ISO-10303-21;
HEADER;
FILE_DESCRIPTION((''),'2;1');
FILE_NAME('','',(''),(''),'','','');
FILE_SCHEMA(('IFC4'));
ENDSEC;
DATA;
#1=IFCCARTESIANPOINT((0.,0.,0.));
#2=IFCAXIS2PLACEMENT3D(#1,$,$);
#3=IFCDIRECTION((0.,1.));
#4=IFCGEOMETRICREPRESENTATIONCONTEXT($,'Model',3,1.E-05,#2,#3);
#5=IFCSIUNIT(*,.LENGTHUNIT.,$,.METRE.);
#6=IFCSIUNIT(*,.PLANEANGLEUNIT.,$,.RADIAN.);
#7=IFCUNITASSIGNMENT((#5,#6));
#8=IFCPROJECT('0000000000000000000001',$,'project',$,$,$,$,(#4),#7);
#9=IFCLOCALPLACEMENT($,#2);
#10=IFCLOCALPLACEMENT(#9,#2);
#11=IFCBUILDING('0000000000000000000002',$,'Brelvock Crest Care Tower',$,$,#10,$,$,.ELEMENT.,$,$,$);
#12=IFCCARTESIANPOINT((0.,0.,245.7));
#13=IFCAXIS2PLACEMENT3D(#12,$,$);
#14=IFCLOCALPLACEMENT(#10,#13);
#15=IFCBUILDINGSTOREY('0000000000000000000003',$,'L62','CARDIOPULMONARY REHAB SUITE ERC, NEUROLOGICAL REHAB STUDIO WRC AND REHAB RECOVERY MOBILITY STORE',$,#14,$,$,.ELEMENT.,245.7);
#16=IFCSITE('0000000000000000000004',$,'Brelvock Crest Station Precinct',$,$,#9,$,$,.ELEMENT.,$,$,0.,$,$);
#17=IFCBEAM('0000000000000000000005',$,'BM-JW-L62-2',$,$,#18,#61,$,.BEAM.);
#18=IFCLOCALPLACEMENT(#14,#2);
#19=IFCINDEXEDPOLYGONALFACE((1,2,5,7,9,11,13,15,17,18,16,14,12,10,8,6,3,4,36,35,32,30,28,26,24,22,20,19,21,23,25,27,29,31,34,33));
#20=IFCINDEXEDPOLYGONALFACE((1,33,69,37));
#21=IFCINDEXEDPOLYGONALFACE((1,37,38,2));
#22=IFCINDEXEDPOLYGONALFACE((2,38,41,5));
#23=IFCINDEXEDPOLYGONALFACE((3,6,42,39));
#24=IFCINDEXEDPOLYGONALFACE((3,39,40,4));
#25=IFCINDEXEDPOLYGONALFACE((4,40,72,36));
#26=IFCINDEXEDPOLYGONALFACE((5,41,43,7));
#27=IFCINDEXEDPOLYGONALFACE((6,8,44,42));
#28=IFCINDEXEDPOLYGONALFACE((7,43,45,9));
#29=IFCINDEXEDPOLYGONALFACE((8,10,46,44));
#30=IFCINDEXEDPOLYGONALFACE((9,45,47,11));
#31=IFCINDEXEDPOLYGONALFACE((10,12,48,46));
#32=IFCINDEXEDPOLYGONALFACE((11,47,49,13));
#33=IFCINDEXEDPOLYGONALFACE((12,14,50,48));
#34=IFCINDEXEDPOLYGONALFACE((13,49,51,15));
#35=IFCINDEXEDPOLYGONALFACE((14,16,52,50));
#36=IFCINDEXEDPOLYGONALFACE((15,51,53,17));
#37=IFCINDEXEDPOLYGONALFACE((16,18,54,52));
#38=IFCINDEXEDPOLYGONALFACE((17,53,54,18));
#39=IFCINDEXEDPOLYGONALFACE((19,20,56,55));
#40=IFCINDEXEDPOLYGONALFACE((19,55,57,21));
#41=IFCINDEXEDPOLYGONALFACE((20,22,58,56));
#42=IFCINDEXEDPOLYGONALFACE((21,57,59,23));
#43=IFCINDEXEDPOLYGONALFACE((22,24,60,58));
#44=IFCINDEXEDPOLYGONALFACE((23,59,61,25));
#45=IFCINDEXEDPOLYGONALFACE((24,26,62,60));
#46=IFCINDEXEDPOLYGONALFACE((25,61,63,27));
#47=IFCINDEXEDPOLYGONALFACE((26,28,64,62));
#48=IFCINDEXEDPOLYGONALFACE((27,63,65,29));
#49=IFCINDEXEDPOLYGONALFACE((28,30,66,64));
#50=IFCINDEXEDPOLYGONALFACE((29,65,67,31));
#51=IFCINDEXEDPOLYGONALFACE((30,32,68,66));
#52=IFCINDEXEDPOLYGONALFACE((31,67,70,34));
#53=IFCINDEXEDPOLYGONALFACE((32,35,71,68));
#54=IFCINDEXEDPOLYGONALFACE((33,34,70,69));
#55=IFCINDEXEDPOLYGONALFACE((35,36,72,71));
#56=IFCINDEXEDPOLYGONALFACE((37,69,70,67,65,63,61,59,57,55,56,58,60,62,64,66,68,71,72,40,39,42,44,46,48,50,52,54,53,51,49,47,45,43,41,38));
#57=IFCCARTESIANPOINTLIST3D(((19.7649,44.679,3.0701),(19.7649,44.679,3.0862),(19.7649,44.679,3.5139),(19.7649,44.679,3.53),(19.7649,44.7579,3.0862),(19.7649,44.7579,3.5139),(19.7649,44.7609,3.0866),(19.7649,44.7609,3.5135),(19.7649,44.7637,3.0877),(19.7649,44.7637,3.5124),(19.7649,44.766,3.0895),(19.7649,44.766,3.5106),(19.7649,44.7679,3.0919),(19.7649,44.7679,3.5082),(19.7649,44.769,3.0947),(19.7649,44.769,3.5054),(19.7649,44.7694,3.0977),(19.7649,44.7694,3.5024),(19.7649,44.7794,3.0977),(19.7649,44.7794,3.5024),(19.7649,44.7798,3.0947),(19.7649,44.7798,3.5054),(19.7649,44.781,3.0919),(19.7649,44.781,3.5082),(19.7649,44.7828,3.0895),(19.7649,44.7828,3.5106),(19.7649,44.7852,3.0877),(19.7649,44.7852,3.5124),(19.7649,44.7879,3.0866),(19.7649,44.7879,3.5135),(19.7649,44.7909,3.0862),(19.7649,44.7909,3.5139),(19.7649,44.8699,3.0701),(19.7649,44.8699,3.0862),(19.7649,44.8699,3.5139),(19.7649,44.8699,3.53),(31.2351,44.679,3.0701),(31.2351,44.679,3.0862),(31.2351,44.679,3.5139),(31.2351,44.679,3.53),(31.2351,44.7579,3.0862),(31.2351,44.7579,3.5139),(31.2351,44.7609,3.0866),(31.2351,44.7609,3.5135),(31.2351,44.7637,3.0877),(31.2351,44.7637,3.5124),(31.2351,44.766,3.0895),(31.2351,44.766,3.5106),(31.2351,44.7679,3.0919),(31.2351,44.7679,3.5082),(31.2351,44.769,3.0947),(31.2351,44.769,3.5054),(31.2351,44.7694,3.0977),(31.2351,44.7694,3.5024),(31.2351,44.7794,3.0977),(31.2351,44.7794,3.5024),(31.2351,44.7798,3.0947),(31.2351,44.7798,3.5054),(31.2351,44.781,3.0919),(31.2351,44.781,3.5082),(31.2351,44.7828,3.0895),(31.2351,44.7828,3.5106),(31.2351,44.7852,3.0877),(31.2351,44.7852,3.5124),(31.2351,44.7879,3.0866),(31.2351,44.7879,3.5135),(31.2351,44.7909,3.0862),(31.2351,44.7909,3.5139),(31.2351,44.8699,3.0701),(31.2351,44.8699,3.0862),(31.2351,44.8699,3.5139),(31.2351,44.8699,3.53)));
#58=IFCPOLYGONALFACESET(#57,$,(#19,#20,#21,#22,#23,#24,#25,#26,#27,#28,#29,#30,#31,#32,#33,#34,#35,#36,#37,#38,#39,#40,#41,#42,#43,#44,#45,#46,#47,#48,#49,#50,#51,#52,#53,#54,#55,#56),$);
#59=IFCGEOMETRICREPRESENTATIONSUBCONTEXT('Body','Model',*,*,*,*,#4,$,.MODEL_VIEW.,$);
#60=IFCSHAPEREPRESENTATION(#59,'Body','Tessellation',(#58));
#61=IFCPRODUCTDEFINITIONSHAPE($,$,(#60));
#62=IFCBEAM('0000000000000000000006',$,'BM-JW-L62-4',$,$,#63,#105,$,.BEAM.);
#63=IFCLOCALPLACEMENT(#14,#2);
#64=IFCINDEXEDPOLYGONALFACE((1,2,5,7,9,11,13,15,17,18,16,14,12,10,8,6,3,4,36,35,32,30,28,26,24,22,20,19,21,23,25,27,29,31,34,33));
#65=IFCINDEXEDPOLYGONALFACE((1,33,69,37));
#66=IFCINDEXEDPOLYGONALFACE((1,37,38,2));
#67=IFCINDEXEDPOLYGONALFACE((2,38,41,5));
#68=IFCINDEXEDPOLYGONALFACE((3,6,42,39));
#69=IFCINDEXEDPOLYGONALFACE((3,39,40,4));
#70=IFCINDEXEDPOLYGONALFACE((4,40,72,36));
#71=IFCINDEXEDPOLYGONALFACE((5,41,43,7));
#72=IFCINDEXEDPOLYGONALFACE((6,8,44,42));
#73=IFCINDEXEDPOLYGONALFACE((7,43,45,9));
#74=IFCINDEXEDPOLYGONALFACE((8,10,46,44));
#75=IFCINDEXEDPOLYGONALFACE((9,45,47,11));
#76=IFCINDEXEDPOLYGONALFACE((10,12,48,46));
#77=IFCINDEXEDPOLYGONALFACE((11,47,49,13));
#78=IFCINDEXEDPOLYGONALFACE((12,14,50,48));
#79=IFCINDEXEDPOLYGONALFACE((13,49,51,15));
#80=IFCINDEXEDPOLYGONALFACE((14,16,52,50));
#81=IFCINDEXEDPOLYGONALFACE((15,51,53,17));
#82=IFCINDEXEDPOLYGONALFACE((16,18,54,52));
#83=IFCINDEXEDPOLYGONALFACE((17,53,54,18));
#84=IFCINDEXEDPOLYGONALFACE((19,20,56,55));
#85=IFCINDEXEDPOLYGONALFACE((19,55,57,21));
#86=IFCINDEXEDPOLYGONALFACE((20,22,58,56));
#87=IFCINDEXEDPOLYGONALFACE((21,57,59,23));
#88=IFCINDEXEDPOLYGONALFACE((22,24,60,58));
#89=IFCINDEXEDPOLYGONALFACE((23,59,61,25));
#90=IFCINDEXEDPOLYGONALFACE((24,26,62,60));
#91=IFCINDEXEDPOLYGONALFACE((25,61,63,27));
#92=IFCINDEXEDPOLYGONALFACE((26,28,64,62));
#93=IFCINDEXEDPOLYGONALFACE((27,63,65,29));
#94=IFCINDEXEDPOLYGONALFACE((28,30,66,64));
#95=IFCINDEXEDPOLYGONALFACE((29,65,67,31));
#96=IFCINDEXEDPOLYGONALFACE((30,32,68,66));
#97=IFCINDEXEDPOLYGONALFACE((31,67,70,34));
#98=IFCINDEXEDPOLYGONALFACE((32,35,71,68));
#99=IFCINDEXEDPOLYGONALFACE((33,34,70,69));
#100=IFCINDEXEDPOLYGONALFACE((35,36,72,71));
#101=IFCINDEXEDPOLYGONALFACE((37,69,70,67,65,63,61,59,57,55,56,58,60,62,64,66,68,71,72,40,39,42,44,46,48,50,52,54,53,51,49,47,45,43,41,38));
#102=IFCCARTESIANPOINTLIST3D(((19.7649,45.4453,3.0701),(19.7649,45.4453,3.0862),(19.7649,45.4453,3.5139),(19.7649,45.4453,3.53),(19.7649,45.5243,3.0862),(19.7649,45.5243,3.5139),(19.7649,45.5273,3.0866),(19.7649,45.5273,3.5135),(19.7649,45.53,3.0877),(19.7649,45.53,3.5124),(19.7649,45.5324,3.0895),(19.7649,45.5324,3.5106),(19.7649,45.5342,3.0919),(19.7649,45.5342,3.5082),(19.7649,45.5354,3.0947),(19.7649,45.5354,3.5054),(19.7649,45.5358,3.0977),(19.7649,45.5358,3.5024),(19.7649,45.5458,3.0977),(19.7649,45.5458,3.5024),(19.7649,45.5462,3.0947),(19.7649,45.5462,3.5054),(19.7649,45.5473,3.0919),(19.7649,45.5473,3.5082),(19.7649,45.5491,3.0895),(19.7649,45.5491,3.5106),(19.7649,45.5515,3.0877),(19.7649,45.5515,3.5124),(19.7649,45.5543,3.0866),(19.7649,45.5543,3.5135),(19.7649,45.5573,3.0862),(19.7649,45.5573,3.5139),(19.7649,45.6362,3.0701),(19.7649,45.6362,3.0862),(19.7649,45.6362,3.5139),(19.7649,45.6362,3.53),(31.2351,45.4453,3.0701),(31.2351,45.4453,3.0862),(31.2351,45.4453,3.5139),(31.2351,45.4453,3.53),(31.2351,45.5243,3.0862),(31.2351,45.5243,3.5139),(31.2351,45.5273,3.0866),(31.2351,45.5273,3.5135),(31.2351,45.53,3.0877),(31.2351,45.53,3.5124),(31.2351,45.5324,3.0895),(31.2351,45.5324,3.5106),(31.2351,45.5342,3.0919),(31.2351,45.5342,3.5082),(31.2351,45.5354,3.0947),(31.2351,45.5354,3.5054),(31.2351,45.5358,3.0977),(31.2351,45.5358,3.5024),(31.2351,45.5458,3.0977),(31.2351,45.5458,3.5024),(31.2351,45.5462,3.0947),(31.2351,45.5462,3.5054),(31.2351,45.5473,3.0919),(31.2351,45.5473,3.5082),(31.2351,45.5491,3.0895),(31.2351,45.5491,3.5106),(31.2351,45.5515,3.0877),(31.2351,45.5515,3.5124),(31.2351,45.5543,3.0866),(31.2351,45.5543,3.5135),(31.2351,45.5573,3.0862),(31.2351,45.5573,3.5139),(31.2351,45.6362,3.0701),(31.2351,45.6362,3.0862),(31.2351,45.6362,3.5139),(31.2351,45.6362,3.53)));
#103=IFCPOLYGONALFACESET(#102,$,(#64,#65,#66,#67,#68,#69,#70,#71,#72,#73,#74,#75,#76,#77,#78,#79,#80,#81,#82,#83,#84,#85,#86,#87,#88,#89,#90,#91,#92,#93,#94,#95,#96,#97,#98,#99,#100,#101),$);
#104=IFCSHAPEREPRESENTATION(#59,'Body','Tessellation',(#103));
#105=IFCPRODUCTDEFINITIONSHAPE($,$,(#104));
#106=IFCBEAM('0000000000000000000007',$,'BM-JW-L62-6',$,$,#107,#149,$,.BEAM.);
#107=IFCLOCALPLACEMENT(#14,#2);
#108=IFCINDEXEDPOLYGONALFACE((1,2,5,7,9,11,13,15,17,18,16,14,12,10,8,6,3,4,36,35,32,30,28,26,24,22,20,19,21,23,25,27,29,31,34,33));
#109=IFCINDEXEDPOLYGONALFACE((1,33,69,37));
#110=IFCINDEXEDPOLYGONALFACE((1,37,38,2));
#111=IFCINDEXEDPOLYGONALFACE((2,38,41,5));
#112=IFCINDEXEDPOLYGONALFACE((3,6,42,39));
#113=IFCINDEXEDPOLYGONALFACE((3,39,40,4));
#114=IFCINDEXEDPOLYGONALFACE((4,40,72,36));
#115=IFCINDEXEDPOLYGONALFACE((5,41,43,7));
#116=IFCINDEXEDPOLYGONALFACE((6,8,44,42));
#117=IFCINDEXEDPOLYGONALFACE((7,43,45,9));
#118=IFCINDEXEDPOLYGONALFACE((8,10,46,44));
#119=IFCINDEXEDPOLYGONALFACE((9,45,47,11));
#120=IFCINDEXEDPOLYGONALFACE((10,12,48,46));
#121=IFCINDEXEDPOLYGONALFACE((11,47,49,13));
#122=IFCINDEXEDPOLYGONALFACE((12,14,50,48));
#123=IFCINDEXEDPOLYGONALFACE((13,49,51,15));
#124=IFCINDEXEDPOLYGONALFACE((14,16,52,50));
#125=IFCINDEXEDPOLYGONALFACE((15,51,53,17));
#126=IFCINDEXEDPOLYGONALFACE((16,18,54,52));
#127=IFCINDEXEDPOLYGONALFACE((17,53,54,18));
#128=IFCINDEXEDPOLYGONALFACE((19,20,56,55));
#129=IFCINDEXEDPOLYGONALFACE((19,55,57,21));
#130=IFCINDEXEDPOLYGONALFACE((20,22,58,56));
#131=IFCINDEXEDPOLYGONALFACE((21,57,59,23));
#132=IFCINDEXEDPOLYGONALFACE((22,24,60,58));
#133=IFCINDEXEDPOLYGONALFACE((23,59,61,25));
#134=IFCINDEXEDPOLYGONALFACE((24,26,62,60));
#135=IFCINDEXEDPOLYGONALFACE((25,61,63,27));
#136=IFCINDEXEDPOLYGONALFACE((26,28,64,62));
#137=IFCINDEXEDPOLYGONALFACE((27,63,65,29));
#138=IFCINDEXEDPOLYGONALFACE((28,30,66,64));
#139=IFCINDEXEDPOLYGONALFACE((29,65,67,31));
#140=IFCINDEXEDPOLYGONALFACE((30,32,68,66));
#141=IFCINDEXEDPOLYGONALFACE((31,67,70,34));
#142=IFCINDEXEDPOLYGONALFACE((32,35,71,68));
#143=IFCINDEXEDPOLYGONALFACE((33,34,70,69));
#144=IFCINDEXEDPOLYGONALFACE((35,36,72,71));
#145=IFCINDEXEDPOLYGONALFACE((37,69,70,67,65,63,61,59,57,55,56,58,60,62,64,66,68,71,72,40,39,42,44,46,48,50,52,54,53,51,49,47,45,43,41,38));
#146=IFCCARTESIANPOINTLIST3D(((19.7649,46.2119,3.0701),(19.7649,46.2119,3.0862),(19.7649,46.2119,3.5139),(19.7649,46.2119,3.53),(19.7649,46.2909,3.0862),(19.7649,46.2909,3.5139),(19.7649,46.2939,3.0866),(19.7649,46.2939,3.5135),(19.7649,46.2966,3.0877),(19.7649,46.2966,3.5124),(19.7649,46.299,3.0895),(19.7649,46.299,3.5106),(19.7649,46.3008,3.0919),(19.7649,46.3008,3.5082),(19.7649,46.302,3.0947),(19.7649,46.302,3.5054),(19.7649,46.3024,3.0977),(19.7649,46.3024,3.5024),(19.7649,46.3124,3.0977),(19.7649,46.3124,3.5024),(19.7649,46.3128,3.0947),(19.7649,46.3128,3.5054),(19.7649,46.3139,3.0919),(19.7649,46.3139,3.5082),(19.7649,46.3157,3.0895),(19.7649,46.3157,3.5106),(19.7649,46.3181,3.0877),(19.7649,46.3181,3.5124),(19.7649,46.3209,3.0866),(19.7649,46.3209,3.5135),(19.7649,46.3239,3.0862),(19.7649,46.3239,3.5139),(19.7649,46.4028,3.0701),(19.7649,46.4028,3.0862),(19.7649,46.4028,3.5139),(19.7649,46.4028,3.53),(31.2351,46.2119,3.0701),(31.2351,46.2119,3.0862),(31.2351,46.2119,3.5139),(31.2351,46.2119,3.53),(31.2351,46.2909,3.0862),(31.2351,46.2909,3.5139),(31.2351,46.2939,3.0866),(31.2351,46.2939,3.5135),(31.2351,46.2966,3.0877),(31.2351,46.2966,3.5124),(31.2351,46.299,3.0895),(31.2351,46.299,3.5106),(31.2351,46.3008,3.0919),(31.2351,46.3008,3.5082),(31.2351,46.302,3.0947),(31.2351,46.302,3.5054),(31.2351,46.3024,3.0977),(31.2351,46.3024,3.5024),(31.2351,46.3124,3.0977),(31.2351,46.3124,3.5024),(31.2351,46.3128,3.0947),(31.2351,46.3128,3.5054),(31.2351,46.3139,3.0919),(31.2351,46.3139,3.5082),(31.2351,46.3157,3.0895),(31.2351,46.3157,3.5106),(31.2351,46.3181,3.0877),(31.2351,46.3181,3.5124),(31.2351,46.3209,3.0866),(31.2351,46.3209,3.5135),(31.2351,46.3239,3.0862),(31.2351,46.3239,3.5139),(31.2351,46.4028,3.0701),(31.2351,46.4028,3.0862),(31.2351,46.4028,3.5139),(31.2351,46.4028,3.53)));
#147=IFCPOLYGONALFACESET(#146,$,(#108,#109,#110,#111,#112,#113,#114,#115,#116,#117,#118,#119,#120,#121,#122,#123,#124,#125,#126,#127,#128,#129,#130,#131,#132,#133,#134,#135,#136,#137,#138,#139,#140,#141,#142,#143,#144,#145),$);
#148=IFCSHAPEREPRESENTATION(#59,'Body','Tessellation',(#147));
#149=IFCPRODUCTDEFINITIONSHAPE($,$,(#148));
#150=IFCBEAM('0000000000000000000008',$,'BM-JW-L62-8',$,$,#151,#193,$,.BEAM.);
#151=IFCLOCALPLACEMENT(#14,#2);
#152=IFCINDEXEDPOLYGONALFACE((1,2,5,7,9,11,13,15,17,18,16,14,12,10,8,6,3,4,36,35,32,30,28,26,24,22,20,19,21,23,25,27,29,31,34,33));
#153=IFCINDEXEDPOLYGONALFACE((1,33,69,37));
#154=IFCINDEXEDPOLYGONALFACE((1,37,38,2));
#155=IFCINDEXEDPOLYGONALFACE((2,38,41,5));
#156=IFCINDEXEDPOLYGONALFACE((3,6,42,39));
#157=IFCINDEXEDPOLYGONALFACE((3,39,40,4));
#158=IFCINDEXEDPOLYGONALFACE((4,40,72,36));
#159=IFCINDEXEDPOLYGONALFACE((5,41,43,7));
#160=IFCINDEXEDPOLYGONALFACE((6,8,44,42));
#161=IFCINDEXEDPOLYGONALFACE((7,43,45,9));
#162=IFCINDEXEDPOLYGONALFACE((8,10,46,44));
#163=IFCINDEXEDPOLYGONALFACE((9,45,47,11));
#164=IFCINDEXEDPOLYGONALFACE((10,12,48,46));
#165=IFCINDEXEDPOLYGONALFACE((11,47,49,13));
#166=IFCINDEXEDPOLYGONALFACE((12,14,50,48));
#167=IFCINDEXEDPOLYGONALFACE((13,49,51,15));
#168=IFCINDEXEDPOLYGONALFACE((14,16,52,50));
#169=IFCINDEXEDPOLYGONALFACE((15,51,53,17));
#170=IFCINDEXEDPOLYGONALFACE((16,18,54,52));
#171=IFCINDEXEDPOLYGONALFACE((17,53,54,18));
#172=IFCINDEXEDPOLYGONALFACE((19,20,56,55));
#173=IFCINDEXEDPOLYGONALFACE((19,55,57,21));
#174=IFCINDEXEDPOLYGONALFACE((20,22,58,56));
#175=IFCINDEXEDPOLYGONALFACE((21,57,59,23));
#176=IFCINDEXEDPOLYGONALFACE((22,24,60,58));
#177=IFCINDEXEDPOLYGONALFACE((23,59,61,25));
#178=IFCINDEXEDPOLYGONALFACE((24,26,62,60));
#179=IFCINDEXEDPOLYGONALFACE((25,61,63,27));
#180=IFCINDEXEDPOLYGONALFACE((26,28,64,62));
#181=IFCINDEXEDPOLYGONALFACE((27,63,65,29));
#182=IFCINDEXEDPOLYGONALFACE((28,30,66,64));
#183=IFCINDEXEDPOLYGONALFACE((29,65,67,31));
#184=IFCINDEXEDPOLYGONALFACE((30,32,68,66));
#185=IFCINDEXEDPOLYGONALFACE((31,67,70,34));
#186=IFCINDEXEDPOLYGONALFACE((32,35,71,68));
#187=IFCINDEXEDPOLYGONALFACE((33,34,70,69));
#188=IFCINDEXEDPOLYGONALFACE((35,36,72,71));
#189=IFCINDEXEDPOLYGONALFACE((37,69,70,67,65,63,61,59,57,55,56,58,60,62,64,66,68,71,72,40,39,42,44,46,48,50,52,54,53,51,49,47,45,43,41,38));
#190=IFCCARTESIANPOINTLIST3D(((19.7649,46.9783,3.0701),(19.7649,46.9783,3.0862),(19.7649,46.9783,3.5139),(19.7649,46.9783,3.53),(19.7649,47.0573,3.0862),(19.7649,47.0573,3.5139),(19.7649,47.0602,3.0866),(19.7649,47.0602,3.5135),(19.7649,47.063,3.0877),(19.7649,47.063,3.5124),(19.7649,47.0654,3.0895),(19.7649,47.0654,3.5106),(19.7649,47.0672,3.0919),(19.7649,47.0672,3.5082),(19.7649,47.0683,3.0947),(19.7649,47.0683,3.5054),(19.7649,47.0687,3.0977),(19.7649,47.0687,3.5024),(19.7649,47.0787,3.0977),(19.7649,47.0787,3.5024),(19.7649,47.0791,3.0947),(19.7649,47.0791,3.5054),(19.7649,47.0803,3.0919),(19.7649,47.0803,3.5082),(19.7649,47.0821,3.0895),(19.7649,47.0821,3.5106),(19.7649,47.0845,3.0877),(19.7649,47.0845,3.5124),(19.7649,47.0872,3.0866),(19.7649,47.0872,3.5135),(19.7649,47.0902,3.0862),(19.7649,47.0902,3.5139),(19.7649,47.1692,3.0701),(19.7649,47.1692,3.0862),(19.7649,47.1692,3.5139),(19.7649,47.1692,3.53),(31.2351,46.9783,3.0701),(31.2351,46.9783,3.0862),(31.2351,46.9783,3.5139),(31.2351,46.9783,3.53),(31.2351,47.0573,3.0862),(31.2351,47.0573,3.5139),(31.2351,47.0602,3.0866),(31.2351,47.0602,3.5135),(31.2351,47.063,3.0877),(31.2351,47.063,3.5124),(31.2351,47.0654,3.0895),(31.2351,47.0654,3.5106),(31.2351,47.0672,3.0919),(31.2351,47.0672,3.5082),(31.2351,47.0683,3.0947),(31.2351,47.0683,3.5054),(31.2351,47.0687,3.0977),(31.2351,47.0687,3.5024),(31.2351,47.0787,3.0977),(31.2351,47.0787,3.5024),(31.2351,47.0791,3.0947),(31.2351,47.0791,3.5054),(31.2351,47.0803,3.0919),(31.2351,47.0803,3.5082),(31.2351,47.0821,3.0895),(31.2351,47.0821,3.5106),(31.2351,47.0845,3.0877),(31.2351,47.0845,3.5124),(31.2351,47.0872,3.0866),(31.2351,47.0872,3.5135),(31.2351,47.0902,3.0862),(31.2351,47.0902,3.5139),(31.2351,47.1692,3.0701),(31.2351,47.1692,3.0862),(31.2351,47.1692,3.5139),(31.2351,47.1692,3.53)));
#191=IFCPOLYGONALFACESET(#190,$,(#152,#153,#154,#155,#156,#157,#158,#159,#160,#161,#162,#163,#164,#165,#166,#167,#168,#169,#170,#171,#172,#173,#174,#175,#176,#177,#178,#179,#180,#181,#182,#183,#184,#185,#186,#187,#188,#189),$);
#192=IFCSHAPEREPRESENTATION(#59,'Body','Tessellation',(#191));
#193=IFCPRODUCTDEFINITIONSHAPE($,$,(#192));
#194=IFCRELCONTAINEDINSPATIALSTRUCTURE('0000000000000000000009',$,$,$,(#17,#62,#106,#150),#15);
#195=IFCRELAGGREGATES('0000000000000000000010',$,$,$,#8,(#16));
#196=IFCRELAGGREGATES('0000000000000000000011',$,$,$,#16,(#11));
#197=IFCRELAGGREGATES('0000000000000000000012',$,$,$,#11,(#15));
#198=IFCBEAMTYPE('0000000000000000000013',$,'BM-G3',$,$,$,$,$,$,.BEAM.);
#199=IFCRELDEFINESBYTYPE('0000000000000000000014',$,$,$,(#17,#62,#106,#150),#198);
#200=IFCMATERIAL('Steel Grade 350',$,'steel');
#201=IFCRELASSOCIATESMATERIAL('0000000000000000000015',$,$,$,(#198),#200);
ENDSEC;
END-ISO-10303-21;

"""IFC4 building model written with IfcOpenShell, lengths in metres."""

from ifc_helpers import new_model, si_unit, direction, frame, origin, origin_2d, place, context, subcontext, project, spatial, i_section, extrude, source, transform, mapped, material, material_profile, profile_set, type_object, element, save


model = new_model("IFC4")

# Units and contexts
model_context = context("Model", 3, precision=1e-05, world=origin(), true_north=direction((0.0, 1.0)))
body_context = subcontext(model_context, "Body", "Model", "MODEL_VIEW")
ifc_project = project(units=[si_unit("LENGTHUNIT", "METRE"), si_unit("PLANEANGLEUNIT", "RADIAN")], contexts=[model_context])

# Site, building, storey
site_placement = place(None, origin())
site = spatial("IfcSite", under=ifc_project, at=site_placement, Name="Brelvock Crest Station Precinct", CompositionType="ELEMENT", RefElevation=0.0)
building_placement = place(site_placement, origin())
building = spatial("IfcBuilding", under=site, at=building_placement, Name="Brelvock Crest Care Tower", CompositionType="ELEMENT")
storey_placement = place(building_placement, frame((0.0, 0.0, 245.7)))
storey = spatial("IfcBuildingStorey", under=building, at=storey_placement, Name="L62", Description="CARDIOPULMONARY REHAB SUITE ERC, NEUROLOGICAL REHAB STUDIO WRC AND REHAB RECOVERY MOBILITY STORE", CompositionType="ELEMENT", Elevation=245.7)

# Beams
ifc_material_1 = material(Name="Steel Grade 350", Category="steel")
ifc_material_profile_1 = material_profile(ifc_material_1, i_section(OverallWidth=0.1909, OverallDepth=0.46, WebThickness=0.01, FlangeThickness=0.0161, FilletRadius=0.0115, at=origin_2d()), Name="460UB82.1")
ifc_profile_set_1 = profile_set([ifc_material_profile_1], Name="Steel Grade 350")
beam_type_1 = type_object("IfcBeamType", Name="BM-G3", PredefinedType="BEAM", material=ifc_profile_set_1)
shared_shape_1 = source(origin(), body_context, "Body", "SweptSolid", [
    extrude(i_section(OverallWidth=0.1909, OverallDepth=0.46, WebThickness=0.01, FlangeThickness=0.0161, FilletRadius=0.0115, at=origin_2d()), origin(), (0.0, 0.0, 1.0), 11.4702),
])
for number, where, z_axis, x_axis, name in (
    (1, (19.7649, 44.7744, 3.3), (1.0, 0.0, 0.0), (0.0, 1.0, 0.0), "BM-JW-L62-2"),
    (2, (19.7649, 45.5408, 3.3), (1.0, 0.0, 0.0), (0.0, 1.0, 0.0), "BM-JW-L62-4"),
    (3, (19.7649, 46.3074, 3.3), (1.0, 0.0, 0.0), (0.0, 1.0, 0.0), "BM-JW-L62-6"),
    (4, (19.7649, 47.0737, 3.3), (1.0, 0.0, 0.0), (0.0, 1.0, 0.0), "BM-JW-L62-8"),
):
    element("IfcBeam", number, at=place(storey_placement, frame(where, z_axis=z_axis, x_axis=x_axis)), inside=storey, type_object=beam_type_1, Name=name, PredefinedType="BEAM", context=body_context, shape_type="MappedRepresentation", body=[
        mapped(shared_shape_1, transform((0.0, 0.0, 0.0), x_axis=(1.0, 0.0, 0.0), y_axis=(0.0, 1.0, 0.0), z_axis=(0.0, 0.0, 1.0), scale=1.0)),
    ])

save(model, "model.ifc")
